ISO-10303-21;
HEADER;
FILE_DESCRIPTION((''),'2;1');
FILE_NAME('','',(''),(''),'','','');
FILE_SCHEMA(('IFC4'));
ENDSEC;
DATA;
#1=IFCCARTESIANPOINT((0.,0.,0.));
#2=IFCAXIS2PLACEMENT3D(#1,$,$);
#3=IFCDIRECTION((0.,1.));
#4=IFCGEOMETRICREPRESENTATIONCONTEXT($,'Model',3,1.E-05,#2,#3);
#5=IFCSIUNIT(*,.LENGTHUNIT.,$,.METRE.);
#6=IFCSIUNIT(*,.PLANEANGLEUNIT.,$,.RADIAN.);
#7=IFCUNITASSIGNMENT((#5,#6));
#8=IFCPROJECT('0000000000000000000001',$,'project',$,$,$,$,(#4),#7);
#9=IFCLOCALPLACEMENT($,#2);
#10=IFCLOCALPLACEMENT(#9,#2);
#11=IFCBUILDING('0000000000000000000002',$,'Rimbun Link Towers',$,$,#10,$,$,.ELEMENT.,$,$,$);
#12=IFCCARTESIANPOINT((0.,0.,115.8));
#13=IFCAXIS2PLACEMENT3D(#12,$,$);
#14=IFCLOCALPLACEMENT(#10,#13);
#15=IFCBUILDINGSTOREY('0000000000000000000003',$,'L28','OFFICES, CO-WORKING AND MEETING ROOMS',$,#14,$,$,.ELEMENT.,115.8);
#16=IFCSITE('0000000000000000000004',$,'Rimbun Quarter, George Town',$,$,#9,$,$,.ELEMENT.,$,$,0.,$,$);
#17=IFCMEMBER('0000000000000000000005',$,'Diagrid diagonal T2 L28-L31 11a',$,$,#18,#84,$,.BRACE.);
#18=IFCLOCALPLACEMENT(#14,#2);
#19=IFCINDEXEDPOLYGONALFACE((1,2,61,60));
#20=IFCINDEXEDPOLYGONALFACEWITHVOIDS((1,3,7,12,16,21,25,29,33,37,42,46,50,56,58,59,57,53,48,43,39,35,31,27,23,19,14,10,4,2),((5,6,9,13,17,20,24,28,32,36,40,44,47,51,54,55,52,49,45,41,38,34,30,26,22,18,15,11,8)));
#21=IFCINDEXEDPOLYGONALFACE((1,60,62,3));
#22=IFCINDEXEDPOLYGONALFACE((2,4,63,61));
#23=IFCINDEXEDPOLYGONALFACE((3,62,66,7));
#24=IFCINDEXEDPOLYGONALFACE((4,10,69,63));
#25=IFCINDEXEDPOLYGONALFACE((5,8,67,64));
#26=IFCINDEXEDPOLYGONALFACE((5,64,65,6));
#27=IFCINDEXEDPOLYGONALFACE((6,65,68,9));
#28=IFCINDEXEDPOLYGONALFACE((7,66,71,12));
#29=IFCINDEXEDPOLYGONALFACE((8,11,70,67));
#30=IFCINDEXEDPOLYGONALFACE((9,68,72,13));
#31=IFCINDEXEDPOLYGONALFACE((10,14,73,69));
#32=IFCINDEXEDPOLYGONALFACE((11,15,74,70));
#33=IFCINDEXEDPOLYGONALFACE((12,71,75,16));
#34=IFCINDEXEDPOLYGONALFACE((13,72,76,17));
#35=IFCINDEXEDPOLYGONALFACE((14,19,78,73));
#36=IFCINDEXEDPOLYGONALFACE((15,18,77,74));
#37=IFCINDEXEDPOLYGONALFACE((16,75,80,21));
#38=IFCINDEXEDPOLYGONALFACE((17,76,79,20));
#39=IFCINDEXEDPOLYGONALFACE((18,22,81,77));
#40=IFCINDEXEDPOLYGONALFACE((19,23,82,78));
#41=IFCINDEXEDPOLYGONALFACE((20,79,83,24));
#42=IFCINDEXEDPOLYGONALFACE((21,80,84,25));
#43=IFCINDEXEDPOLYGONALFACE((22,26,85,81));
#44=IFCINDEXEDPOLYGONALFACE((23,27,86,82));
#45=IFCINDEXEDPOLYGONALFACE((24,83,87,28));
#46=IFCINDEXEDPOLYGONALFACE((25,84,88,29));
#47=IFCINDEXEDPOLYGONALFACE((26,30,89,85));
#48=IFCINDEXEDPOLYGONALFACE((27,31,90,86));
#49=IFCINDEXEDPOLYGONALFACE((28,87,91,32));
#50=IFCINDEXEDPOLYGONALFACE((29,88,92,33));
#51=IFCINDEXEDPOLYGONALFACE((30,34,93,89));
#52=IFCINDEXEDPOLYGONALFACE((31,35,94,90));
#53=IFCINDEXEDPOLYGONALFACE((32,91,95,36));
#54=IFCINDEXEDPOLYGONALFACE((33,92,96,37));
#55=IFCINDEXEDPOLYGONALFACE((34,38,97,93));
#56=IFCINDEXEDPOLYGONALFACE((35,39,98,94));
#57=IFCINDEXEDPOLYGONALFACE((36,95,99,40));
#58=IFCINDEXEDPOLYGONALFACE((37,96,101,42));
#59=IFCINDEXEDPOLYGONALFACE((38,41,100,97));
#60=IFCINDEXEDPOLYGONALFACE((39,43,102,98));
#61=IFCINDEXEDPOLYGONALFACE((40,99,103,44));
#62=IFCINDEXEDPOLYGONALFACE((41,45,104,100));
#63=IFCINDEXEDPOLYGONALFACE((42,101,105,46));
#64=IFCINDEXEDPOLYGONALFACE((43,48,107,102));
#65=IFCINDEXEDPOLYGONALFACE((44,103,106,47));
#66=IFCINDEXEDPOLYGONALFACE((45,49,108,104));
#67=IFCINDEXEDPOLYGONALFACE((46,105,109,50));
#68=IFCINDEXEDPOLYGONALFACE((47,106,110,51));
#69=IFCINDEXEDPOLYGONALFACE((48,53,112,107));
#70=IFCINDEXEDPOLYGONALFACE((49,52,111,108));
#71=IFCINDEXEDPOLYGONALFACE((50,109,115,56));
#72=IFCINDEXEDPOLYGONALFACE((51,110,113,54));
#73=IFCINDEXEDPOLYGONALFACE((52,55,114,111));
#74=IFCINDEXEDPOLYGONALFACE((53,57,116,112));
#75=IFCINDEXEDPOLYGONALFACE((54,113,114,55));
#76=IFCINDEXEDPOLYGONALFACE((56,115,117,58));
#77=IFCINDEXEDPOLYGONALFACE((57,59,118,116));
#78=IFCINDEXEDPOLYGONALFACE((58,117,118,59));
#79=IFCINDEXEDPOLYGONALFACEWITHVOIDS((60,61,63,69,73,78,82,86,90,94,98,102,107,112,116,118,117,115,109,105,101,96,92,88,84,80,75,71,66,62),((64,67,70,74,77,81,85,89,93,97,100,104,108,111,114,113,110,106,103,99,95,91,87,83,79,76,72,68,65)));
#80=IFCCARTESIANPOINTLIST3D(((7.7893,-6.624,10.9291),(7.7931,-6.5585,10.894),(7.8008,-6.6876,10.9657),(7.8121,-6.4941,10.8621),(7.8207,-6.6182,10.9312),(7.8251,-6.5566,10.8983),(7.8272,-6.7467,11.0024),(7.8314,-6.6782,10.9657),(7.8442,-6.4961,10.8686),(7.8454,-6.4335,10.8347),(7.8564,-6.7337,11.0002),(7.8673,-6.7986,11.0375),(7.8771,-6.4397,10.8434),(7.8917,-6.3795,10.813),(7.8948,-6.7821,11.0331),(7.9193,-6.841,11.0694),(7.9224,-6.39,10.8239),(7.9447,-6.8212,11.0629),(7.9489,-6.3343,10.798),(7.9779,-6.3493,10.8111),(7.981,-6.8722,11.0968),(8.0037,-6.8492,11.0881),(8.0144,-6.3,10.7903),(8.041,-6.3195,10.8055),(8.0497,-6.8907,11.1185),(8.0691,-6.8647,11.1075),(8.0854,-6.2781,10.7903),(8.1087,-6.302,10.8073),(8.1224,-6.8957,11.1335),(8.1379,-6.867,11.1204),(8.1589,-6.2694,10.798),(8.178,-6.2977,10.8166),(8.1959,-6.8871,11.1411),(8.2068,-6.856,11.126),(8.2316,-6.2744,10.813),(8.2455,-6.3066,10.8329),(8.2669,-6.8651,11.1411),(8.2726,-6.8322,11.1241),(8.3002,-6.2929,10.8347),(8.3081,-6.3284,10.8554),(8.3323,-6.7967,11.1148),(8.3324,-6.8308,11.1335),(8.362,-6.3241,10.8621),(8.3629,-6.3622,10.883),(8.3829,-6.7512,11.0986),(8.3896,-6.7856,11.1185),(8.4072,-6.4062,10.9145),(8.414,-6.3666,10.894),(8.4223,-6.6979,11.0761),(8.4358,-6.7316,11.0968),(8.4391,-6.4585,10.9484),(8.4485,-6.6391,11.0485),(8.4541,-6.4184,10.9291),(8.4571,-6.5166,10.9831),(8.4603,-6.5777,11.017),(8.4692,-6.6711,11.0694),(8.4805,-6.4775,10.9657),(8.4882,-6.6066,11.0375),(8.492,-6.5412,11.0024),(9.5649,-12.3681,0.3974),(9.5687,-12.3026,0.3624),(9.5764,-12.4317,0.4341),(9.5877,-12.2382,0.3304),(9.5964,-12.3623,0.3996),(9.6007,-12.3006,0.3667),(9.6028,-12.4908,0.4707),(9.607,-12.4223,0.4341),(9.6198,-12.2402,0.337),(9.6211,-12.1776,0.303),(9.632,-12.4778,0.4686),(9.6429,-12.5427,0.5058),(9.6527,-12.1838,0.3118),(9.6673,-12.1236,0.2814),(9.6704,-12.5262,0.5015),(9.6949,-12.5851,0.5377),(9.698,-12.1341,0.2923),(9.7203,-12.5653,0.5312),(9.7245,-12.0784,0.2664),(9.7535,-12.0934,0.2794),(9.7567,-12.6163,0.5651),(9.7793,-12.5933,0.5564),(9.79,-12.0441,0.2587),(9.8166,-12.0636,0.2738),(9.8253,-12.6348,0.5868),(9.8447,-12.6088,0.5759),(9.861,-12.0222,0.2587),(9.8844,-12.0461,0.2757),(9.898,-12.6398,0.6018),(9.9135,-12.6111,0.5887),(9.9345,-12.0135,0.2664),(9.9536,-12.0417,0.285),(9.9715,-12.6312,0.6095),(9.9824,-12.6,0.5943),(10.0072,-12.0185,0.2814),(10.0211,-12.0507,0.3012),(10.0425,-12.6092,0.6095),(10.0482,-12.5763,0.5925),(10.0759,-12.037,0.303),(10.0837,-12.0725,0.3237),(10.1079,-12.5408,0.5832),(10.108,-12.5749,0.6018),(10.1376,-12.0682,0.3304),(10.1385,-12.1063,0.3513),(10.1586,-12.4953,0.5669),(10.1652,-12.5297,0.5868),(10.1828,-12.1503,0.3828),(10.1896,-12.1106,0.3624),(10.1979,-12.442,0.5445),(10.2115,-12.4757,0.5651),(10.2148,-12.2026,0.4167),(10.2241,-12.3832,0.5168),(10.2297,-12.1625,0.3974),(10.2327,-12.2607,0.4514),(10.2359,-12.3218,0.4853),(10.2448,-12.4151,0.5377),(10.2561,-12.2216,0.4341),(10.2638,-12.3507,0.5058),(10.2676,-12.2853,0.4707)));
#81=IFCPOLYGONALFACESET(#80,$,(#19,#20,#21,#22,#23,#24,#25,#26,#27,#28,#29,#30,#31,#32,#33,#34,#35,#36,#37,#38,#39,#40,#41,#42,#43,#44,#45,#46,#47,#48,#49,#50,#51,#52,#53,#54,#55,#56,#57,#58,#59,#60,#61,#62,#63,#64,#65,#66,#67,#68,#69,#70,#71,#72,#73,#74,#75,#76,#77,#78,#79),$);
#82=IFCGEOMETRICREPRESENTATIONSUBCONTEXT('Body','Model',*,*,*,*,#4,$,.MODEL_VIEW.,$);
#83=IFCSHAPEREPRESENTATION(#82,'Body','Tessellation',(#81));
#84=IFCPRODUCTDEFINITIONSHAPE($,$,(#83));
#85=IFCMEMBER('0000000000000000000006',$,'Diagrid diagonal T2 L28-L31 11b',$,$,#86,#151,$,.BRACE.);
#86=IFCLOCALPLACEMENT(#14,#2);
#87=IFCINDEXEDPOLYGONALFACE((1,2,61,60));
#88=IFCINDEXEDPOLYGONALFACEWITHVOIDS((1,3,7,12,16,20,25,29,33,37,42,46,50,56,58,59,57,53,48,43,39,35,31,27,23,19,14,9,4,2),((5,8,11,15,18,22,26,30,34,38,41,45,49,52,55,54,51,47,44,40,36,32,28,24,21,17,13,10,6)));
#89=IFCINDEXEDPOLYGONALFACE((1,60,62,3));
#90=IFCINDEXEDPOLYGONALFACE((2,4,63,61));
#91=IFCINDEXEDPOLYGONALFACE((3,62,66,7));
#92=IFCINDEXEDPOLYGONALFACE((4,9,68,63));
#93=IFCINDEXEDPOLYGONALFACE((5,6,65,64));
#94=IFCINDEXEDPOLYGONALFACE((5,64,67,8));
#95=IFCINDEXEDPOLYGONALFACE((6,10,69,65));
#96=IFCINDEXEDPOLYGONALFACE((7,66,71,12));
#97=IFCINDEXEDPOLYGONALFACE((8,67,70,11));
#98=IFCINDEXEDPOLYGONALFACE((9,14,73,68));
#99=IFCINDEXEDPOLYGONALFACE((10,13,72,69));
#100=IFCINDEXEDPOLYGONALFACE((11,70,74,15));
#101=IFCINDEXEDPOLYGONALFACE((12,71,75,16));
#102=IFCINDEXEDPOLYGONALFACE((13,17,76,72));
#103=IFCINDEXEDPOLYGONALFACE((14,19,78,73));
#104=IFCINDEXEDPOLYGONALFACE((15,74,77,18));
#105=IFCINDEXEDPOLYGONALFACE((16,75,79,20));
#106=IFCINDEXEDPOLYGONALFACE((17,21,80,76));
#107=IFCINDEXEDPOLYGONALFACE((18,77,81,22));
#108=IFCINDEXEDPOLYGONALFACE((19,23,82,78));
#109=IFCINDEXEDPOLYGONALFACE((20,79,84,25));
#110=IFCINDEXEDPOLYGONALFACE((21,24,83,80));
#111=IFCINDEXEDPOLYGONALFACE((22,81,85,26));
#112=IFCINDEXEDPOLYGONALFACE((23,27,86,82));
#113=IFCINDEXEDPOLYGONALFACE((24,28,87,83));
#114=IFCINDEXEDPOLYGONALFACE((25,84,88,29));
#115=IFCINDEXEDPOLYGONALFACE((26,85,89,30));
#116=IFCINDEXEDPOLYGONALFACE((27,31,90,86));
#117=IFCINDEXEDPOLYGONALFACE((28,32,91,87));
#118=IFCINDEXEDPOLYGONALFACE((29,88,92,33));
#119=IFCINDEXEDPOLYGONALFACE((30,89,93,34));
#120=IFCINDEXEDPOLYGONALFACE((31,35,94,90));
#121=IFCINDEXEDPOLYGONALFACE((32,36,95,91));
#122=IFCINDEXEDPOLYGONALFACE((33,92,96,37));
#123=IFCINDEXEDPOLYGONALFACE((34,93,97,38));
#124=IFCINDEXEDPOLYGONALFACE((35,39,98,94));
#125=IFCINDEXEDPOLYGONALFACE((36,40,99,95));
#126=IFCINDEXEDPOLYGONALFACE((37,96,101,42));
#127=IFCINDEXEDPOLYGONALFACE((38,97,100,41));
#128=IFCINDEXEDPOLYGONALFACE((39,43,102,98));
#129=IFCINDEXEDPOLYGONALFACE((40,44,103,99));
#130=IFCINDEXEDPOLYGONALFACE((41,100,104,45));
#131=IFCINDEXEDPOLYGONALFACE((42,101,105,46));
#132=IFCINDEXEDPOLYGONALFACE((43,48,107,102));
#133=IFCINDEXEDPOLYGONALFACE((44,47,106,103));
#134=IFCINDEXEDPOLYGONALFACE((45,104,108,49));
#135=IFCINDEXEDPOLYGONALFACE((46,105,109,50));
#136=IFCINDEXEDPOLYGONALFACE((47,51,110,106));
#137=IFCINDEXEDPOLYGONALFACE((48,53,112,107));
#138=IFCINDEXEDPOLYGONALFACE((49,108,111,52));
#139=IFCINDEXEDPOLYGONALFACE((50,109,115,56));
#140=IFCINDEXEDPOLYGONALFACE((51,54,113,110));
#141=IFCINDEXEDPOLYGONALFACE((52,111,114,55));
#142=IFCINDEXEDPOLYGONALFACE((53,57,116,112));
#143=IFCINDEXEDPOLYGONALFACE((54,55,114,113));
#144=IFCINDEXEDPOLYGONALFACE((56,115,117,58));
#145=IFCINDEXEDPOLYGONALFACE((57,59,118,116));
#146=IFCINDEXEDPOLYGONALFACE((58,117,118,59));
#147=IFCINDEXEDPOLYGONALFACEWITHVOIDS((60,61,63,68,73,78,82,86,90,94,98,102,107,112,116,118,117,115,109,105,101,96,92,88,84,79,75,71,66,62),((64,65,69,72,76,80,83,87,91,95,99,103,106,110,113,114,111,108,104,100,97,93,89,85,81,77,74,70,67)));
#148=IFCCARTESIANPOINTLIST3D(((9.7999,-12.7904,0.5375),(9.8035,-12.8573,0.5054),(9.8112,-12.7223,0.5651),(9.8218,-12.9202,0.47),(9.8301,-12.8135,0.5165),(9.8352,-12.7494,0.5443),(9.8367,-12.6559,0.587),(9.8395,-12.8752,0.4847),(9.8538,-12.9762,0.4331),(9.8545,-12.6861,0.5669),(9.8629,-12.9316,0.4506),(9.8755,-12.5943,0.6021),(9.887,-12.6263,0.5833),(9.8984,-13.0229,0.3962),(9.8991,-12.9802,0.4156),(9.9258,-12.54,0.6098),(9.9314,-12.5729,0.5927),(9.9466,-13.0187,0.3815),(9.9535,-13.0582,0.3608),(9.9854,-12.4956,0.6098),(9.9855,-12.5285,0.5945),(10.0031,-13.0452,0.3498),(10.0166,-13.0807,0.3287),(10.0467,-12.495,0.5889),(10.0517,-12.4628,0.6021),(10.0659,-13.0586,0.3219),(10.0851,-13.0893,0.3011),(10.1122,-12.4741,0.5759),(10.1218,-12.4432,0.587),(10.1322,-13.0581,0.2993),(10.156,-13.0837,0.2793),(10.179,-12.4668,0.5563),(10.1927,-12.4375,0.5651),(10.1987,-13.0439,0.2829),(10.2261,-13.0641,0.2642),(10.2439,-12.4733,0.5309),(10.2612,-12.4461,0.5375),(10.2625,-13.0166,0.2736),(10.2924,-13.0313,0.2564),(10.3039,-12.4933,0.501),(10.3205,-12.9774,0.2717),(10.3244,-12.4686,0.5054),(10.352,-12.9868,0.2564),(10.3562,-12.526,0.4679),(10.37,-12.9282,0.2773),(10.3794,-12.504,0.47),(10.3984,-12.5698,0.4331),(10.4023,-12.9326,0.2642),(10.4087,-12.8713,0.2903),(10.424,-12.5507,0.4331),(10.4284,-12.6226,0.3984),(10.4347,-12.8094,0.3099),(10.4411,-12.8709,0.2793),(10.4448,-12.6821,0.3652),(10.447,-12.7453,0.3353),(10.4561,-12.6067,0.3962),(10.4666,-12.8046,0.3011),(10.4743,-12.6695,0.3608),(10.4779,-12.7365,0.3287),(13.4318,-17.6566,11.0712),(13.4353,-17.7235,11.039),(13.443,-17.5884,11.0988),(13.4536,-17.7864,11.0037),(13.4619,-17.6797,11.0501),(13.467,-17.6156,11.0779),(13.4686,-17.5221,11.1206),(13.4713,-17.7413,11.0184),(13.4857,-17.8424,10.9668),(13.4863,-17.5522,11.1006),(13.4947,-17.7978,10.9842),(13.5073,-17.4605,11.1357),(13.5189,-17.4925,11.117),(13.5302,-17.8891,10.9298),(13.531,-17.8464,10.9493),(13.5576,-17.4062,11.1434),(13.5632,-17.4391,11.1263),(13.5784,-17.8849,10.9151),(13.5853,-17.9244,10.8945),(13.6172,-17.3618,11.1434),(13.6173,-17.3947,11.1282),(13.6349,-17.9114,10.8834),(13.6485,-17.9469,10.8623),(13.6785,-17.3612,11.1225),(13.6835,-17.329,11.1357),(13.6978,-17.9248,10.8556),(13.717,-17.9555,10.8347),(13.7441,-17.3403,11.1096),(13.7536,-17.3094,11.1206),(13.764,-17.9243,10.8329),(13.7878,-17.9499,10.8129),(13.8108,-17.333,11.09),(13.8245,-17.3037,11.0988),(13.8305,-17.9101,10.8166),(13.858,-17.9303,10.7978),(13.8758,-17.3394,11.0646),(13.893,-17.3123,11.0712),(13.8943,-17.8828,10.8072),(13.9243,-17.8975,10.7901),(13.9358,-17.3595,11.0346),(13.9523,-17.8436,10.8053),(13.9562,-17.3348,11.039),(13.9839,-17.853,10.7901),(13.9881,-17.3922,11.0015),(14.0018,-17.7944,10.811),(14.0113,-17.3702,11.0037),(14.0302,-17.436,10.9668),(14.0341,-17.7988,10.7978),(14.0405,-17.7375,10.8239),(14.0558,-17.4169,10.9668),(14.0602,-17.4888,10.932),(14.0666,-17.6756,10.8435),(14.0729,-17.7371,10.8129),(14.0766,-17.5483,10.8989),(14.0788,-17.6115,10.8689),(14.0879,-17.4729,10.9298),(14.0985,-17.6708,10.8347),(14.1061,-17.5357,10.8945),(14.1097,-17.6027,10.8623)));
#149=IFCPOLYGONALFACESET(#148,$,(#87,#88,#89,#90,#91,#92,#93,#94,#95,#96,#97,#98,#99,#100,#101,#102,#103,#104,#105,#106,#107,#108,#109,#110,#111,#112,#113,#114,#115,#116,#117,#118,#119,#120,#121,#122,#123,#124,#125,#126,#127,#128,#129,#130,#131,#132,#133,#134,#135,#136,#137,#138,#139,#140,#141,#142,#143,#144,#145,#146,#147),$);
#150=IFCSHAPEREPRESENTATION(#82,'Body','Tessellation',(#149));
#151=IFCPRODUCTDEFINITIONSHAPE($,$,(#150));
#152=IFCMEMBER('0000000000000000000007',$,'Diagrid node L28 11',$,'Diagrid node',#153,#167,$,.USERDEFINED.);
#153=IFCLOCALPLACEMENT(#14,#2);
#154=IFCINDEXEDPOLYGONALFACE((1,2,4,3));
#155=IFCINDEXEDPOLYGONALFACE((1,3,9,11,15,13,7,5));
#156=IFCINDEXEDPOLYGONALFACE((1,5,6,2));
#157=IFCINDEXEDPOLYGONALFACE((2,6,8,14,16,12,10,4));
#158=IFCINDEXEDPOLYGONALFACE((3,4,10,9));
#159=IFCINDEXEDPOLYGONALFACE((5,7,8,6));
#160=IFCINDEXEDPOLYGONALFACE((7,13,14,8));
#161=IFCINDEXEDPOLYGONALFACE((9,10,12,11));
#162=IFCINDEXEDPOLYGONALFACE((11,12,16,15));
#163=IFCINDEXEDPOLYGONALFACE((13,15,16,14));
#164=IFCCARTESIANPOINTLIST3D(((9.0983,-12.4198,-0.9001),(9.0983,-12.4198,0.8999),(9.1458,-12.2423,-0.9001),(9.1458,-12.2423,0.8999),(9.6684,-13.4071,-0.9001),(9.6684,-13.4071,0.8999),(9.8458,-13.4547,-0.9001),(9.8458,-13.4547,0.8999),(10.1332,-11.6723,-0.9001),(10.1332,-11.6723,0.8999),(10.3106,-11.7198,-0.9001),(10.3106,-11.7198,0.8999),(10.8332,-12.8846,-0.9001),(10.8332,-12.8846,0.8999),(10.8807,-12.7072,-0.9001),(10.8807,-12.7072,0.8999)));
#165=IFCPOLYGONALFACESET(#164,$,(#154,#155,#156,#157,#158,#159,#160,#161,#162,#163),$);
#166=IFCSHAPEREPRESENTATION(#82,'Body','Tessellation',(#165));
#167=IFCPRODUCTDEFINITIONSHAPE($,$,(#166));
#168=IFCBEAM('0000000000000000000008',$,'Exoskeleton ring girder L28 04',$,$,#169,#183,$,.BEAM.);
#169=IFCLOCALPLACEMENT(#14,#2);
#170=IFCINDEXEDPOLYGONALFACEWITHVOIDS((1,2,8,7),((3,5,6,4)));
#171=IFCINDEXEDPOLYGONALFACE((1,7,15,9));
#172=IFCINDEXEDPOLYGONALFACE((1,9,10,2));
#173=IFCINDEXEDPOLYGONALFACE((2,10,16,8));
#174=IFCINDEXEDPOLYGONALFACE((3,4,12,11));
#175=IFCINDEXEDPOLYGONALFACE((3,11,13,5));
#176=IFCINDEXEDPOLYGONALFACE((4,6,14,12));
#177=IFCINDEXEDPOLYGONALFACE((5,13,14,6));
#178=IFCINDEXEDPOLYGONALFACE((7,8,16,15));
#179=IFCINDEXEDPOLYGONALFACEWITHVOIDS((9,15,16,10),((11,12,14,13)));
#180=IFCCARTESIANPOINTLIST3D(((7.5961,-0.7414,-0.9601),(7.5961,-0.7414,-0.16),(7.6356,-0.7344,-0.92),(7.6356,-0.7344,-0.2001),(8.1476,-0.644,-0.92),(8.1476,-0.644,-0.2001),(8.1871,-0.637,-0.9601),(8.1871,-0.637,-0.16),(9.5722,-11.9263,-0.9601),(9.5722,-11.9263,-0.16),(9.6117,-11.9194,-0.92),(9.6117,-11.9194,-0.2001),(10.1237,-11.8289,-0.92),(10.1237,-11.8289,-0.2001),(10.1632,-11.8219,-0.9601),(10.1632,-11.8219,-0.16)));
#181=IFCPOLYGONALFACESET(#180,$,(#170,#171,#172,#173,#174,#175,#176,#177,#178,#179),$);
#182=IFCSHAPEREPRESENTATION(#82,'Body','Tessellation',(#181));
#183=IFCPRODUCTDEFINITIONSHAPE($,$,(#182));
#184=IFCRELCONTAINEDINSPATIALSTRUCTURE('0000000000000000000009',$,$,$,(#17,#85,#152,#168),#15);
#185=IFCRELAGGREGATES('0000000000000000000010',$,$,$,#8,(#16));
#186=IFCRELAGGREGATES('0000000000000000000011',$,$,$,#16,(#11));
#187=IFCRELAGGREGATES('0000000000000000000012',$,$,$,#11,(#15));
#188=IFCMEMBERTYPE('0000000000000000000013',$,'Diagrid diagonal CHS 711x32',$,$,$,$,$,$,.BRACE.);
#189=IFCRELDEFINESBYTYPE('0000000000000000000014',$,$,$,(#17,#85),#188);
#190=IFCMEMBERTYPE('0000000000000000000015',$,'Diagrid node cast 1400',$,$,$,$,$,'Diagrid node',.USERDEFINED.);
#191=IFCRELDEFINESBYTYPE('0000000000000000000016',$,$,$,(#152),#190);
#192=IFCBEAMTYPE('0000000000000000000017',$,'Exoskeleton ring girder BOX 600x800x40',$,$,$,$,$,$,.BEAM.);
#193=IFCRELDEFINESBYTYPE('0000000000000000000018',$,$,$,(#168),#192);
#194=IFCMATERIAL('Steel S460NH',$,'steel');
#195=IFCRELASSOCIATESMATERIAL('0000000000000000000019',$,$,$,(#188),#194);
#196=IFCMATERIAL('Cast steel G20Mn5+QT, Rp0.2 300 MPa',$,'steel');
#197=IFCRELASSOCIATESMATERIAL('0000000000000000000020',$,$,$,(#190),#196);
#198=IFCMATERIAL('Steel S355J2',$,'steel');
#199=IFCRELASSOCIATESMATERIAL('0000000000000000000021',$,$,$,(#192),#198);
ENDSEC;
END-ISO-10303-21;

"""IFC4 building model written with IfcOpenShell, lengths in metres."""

from ifc_helpers import new_model, si_unit, direction, frame, origin, origin_2d, place, context, subcontext, project, spatial, polyline, hollow_rectangle, hollow_circle, outline, extrude, material, material_profile, profile_set, type_object, element, save


model = new_model("IFC4")

# Units and contexts
model_context = context("Model", 3, precision=1e-05, world=origin(), true_north=direction((0.0, 1.0)))
body_context = subcontext(model_context, "Body", "Model", "MODEL_VIEW")
ifc_project = project(units=[si_unit("LENGTHUNIT", "METRE"), si_unit("PLANEANGLEUNIT", "RADIAN")], contexts=[model_context])

# Site, building, storey
site_placement = place(None, origin())
site = spatial("IfcSite", under=ifc_project, at=site_placement, Name="Rimbun Quarter, George Town", CompositionType="ELEMENT", RefElevation=0.0)
building_placement = place(site_placement, origin())
building = spatial("IfcBuilding", under=site, at=building_placement, Name="Rimbun Link Towers", CompositionType="ELEMENT")
storey_placement = place(building_placement, frame((0.0, 0.0, 115.8)))
storey = spatial("IfcBuildingStorey", under=building, at=storey_placement, Name="L28", Description="OFFICES, CO-WORKING AND MEETING ROOMS", CompositionType="ELEMENT", Elevation=115.8)

# Members
ifc_material_1 = material(Name="Steel S460NH", Category="steel")
ifc_material_profile_1 = material_profile(ifc_material_1, hollow_circle(Radius=0.3557, WallThickness=0.032, at=origin_2d()), Name="Diagrid diagonal CHS 711x32")
ifc_profile_set_1 = profile_set([ifc_material_profile_1], Name="Steel S460NH")
member_type_1 = type_object("IfcMemberType", Name="Diagrid diagonal CHS 711x32", PredefinedType="BRACE", material=ifc_profile_set_1)
member_1_placement = place(storey_placement, frame((9.9163, -12.3267, 0.4341), z_axis=(-0.146419, 0.473663, 0.86845), x_axis=(-0.955395, -0.295333, 0.0)))
element("IfcMember", 1, at=member_1_placement, inside=storey, type_object=member_type_1, Name="Diagrid diagonal T2 L28-L31 11a", PredefinedType="BRACE", context=body_context, shape_type="SweptSolid", body=[
    extrude(hollow_circle(Radius=0.3557, WallThickness=0.032, at=origin_2d()), origin(), (0.0, 0.0, 1.0), 12.127),
])
member_2_placement = place(storey_placement, frame((10.1389, -12.7634, 0.4331), z_axis=(0.298708, -0.400231, 0.866365), x_axis=(0.801407, 0.59812, 0.0)))
element("IfcMember", 2, at=member_2_placement, inside=storey, type_object=member_type_1, Name="Diagrid diagonal T2 L28-L31 11b", PredefinedType="BRACE", context=body_context, shape_type="SweptSolid", body=[
    extrude(hollow_circle(Radius=0.3557, WallThickness=0.032, at=origin_2d()), origin(), (0.0, 0.0, 1.0), 12.1584),
])
ifc_material_2 = material(Name="Cast steel G20Mn5+QT, Rp0.2 300 MPa", Category="steel")
ifc_material_profile_2 = material_profile(ifc_material_2, outline(polyline([(0.7, -0.5701), (0.7, 0.5701), (0.5701, 0.7), (-0.5701, 0.7), (-0.7, 0.5701), (-0.7, -0.5701), (-0.5701, -0.7), (0.5701, -0.7), (0.7, -0.5701)])), Name="NODE 1400x1400")
ifc_profile_set_2 = profile_set([ifc_material_profile_2], Name="Cast steel G20Mn5+QT, Rp0.2 300 MPa")
member_type_2 = type_object("IfcMemberType", Name="Diagrid node cast 1400", ElementType="Diagrid node", PredefinedType="USERDEFINED", material=ifc_profile_set_2)
member_3_placement = place(storey_placement, frame((9.9895, -12.5635, -0.9001), z_axis=(0.0, 0.0, 1.0), x_axis=(-0.866025, -0.5, 0.0)))
element("IfcMember", 3, at=member_3_placement, inside=storey, type_object=member_type_2, Name="Diagrid node L28 11", ObjectType="Diagrid node", PredefinedType="USERDEFINED", context=body_context, shape_type="SweptSolid", body=[
    extrude(outline(polyline([(0.7, -0.5701), (0.7, 0.5701), (0.5701, 0.7), (-0.5701, 0.7), (-0.7, 0.5701), (-0.7, -0.5701), (-0.5701, -0.7), (0.5701, -0.7), (0.7, -0.5701)])), origin(), (0.0, 0.0, 1.0), 1.8),
])

# Beam
ifc_material_3 = material(Name="Steel S355J2", Category="steel")
ifc_material_profile_3 = material_profile(ifc_material_3, hollow_rectangle(XDim=0.6001, YDim=0.8, WallThickness=0.04, at=origin_2d()), Name="Exoskeleton ring girder BOX 600x800x40")
ifc_profile_set_3 = profile_set([ifc_material_profile_3], Name="Steel S355J2")
beam_type_1 = type_object("IfcBeamType", Name="Exoskeleton ring girder BOX 600x800x40", PredefinedType="BEAM", material=ifc_profile_set_3)
beam_1_placement = place(storey_placement, frame((7.8916, -0.6892, -0.5601), z_axis=(0.17398, -0.984749, 0.0), x_axis=(0.984749, 0.17398, 0.0)))
element("IfcBeam", 4, at=beam_1_placement, inside=storey, type_object=beam_type_1, Name="Exoskeleton ring girder L28 04", PredefinedType="BEAM", context=body_context, shape_type="SweptSolid", body=[
    extrude(hollow_rectangle(XDim=0.6001, YDim=0.8, WallThickness=0.04, at=origin_2d()), origin(), (0.0, 0.0, 1.0), 11.3582),
])

save(model, "model.ifc")
